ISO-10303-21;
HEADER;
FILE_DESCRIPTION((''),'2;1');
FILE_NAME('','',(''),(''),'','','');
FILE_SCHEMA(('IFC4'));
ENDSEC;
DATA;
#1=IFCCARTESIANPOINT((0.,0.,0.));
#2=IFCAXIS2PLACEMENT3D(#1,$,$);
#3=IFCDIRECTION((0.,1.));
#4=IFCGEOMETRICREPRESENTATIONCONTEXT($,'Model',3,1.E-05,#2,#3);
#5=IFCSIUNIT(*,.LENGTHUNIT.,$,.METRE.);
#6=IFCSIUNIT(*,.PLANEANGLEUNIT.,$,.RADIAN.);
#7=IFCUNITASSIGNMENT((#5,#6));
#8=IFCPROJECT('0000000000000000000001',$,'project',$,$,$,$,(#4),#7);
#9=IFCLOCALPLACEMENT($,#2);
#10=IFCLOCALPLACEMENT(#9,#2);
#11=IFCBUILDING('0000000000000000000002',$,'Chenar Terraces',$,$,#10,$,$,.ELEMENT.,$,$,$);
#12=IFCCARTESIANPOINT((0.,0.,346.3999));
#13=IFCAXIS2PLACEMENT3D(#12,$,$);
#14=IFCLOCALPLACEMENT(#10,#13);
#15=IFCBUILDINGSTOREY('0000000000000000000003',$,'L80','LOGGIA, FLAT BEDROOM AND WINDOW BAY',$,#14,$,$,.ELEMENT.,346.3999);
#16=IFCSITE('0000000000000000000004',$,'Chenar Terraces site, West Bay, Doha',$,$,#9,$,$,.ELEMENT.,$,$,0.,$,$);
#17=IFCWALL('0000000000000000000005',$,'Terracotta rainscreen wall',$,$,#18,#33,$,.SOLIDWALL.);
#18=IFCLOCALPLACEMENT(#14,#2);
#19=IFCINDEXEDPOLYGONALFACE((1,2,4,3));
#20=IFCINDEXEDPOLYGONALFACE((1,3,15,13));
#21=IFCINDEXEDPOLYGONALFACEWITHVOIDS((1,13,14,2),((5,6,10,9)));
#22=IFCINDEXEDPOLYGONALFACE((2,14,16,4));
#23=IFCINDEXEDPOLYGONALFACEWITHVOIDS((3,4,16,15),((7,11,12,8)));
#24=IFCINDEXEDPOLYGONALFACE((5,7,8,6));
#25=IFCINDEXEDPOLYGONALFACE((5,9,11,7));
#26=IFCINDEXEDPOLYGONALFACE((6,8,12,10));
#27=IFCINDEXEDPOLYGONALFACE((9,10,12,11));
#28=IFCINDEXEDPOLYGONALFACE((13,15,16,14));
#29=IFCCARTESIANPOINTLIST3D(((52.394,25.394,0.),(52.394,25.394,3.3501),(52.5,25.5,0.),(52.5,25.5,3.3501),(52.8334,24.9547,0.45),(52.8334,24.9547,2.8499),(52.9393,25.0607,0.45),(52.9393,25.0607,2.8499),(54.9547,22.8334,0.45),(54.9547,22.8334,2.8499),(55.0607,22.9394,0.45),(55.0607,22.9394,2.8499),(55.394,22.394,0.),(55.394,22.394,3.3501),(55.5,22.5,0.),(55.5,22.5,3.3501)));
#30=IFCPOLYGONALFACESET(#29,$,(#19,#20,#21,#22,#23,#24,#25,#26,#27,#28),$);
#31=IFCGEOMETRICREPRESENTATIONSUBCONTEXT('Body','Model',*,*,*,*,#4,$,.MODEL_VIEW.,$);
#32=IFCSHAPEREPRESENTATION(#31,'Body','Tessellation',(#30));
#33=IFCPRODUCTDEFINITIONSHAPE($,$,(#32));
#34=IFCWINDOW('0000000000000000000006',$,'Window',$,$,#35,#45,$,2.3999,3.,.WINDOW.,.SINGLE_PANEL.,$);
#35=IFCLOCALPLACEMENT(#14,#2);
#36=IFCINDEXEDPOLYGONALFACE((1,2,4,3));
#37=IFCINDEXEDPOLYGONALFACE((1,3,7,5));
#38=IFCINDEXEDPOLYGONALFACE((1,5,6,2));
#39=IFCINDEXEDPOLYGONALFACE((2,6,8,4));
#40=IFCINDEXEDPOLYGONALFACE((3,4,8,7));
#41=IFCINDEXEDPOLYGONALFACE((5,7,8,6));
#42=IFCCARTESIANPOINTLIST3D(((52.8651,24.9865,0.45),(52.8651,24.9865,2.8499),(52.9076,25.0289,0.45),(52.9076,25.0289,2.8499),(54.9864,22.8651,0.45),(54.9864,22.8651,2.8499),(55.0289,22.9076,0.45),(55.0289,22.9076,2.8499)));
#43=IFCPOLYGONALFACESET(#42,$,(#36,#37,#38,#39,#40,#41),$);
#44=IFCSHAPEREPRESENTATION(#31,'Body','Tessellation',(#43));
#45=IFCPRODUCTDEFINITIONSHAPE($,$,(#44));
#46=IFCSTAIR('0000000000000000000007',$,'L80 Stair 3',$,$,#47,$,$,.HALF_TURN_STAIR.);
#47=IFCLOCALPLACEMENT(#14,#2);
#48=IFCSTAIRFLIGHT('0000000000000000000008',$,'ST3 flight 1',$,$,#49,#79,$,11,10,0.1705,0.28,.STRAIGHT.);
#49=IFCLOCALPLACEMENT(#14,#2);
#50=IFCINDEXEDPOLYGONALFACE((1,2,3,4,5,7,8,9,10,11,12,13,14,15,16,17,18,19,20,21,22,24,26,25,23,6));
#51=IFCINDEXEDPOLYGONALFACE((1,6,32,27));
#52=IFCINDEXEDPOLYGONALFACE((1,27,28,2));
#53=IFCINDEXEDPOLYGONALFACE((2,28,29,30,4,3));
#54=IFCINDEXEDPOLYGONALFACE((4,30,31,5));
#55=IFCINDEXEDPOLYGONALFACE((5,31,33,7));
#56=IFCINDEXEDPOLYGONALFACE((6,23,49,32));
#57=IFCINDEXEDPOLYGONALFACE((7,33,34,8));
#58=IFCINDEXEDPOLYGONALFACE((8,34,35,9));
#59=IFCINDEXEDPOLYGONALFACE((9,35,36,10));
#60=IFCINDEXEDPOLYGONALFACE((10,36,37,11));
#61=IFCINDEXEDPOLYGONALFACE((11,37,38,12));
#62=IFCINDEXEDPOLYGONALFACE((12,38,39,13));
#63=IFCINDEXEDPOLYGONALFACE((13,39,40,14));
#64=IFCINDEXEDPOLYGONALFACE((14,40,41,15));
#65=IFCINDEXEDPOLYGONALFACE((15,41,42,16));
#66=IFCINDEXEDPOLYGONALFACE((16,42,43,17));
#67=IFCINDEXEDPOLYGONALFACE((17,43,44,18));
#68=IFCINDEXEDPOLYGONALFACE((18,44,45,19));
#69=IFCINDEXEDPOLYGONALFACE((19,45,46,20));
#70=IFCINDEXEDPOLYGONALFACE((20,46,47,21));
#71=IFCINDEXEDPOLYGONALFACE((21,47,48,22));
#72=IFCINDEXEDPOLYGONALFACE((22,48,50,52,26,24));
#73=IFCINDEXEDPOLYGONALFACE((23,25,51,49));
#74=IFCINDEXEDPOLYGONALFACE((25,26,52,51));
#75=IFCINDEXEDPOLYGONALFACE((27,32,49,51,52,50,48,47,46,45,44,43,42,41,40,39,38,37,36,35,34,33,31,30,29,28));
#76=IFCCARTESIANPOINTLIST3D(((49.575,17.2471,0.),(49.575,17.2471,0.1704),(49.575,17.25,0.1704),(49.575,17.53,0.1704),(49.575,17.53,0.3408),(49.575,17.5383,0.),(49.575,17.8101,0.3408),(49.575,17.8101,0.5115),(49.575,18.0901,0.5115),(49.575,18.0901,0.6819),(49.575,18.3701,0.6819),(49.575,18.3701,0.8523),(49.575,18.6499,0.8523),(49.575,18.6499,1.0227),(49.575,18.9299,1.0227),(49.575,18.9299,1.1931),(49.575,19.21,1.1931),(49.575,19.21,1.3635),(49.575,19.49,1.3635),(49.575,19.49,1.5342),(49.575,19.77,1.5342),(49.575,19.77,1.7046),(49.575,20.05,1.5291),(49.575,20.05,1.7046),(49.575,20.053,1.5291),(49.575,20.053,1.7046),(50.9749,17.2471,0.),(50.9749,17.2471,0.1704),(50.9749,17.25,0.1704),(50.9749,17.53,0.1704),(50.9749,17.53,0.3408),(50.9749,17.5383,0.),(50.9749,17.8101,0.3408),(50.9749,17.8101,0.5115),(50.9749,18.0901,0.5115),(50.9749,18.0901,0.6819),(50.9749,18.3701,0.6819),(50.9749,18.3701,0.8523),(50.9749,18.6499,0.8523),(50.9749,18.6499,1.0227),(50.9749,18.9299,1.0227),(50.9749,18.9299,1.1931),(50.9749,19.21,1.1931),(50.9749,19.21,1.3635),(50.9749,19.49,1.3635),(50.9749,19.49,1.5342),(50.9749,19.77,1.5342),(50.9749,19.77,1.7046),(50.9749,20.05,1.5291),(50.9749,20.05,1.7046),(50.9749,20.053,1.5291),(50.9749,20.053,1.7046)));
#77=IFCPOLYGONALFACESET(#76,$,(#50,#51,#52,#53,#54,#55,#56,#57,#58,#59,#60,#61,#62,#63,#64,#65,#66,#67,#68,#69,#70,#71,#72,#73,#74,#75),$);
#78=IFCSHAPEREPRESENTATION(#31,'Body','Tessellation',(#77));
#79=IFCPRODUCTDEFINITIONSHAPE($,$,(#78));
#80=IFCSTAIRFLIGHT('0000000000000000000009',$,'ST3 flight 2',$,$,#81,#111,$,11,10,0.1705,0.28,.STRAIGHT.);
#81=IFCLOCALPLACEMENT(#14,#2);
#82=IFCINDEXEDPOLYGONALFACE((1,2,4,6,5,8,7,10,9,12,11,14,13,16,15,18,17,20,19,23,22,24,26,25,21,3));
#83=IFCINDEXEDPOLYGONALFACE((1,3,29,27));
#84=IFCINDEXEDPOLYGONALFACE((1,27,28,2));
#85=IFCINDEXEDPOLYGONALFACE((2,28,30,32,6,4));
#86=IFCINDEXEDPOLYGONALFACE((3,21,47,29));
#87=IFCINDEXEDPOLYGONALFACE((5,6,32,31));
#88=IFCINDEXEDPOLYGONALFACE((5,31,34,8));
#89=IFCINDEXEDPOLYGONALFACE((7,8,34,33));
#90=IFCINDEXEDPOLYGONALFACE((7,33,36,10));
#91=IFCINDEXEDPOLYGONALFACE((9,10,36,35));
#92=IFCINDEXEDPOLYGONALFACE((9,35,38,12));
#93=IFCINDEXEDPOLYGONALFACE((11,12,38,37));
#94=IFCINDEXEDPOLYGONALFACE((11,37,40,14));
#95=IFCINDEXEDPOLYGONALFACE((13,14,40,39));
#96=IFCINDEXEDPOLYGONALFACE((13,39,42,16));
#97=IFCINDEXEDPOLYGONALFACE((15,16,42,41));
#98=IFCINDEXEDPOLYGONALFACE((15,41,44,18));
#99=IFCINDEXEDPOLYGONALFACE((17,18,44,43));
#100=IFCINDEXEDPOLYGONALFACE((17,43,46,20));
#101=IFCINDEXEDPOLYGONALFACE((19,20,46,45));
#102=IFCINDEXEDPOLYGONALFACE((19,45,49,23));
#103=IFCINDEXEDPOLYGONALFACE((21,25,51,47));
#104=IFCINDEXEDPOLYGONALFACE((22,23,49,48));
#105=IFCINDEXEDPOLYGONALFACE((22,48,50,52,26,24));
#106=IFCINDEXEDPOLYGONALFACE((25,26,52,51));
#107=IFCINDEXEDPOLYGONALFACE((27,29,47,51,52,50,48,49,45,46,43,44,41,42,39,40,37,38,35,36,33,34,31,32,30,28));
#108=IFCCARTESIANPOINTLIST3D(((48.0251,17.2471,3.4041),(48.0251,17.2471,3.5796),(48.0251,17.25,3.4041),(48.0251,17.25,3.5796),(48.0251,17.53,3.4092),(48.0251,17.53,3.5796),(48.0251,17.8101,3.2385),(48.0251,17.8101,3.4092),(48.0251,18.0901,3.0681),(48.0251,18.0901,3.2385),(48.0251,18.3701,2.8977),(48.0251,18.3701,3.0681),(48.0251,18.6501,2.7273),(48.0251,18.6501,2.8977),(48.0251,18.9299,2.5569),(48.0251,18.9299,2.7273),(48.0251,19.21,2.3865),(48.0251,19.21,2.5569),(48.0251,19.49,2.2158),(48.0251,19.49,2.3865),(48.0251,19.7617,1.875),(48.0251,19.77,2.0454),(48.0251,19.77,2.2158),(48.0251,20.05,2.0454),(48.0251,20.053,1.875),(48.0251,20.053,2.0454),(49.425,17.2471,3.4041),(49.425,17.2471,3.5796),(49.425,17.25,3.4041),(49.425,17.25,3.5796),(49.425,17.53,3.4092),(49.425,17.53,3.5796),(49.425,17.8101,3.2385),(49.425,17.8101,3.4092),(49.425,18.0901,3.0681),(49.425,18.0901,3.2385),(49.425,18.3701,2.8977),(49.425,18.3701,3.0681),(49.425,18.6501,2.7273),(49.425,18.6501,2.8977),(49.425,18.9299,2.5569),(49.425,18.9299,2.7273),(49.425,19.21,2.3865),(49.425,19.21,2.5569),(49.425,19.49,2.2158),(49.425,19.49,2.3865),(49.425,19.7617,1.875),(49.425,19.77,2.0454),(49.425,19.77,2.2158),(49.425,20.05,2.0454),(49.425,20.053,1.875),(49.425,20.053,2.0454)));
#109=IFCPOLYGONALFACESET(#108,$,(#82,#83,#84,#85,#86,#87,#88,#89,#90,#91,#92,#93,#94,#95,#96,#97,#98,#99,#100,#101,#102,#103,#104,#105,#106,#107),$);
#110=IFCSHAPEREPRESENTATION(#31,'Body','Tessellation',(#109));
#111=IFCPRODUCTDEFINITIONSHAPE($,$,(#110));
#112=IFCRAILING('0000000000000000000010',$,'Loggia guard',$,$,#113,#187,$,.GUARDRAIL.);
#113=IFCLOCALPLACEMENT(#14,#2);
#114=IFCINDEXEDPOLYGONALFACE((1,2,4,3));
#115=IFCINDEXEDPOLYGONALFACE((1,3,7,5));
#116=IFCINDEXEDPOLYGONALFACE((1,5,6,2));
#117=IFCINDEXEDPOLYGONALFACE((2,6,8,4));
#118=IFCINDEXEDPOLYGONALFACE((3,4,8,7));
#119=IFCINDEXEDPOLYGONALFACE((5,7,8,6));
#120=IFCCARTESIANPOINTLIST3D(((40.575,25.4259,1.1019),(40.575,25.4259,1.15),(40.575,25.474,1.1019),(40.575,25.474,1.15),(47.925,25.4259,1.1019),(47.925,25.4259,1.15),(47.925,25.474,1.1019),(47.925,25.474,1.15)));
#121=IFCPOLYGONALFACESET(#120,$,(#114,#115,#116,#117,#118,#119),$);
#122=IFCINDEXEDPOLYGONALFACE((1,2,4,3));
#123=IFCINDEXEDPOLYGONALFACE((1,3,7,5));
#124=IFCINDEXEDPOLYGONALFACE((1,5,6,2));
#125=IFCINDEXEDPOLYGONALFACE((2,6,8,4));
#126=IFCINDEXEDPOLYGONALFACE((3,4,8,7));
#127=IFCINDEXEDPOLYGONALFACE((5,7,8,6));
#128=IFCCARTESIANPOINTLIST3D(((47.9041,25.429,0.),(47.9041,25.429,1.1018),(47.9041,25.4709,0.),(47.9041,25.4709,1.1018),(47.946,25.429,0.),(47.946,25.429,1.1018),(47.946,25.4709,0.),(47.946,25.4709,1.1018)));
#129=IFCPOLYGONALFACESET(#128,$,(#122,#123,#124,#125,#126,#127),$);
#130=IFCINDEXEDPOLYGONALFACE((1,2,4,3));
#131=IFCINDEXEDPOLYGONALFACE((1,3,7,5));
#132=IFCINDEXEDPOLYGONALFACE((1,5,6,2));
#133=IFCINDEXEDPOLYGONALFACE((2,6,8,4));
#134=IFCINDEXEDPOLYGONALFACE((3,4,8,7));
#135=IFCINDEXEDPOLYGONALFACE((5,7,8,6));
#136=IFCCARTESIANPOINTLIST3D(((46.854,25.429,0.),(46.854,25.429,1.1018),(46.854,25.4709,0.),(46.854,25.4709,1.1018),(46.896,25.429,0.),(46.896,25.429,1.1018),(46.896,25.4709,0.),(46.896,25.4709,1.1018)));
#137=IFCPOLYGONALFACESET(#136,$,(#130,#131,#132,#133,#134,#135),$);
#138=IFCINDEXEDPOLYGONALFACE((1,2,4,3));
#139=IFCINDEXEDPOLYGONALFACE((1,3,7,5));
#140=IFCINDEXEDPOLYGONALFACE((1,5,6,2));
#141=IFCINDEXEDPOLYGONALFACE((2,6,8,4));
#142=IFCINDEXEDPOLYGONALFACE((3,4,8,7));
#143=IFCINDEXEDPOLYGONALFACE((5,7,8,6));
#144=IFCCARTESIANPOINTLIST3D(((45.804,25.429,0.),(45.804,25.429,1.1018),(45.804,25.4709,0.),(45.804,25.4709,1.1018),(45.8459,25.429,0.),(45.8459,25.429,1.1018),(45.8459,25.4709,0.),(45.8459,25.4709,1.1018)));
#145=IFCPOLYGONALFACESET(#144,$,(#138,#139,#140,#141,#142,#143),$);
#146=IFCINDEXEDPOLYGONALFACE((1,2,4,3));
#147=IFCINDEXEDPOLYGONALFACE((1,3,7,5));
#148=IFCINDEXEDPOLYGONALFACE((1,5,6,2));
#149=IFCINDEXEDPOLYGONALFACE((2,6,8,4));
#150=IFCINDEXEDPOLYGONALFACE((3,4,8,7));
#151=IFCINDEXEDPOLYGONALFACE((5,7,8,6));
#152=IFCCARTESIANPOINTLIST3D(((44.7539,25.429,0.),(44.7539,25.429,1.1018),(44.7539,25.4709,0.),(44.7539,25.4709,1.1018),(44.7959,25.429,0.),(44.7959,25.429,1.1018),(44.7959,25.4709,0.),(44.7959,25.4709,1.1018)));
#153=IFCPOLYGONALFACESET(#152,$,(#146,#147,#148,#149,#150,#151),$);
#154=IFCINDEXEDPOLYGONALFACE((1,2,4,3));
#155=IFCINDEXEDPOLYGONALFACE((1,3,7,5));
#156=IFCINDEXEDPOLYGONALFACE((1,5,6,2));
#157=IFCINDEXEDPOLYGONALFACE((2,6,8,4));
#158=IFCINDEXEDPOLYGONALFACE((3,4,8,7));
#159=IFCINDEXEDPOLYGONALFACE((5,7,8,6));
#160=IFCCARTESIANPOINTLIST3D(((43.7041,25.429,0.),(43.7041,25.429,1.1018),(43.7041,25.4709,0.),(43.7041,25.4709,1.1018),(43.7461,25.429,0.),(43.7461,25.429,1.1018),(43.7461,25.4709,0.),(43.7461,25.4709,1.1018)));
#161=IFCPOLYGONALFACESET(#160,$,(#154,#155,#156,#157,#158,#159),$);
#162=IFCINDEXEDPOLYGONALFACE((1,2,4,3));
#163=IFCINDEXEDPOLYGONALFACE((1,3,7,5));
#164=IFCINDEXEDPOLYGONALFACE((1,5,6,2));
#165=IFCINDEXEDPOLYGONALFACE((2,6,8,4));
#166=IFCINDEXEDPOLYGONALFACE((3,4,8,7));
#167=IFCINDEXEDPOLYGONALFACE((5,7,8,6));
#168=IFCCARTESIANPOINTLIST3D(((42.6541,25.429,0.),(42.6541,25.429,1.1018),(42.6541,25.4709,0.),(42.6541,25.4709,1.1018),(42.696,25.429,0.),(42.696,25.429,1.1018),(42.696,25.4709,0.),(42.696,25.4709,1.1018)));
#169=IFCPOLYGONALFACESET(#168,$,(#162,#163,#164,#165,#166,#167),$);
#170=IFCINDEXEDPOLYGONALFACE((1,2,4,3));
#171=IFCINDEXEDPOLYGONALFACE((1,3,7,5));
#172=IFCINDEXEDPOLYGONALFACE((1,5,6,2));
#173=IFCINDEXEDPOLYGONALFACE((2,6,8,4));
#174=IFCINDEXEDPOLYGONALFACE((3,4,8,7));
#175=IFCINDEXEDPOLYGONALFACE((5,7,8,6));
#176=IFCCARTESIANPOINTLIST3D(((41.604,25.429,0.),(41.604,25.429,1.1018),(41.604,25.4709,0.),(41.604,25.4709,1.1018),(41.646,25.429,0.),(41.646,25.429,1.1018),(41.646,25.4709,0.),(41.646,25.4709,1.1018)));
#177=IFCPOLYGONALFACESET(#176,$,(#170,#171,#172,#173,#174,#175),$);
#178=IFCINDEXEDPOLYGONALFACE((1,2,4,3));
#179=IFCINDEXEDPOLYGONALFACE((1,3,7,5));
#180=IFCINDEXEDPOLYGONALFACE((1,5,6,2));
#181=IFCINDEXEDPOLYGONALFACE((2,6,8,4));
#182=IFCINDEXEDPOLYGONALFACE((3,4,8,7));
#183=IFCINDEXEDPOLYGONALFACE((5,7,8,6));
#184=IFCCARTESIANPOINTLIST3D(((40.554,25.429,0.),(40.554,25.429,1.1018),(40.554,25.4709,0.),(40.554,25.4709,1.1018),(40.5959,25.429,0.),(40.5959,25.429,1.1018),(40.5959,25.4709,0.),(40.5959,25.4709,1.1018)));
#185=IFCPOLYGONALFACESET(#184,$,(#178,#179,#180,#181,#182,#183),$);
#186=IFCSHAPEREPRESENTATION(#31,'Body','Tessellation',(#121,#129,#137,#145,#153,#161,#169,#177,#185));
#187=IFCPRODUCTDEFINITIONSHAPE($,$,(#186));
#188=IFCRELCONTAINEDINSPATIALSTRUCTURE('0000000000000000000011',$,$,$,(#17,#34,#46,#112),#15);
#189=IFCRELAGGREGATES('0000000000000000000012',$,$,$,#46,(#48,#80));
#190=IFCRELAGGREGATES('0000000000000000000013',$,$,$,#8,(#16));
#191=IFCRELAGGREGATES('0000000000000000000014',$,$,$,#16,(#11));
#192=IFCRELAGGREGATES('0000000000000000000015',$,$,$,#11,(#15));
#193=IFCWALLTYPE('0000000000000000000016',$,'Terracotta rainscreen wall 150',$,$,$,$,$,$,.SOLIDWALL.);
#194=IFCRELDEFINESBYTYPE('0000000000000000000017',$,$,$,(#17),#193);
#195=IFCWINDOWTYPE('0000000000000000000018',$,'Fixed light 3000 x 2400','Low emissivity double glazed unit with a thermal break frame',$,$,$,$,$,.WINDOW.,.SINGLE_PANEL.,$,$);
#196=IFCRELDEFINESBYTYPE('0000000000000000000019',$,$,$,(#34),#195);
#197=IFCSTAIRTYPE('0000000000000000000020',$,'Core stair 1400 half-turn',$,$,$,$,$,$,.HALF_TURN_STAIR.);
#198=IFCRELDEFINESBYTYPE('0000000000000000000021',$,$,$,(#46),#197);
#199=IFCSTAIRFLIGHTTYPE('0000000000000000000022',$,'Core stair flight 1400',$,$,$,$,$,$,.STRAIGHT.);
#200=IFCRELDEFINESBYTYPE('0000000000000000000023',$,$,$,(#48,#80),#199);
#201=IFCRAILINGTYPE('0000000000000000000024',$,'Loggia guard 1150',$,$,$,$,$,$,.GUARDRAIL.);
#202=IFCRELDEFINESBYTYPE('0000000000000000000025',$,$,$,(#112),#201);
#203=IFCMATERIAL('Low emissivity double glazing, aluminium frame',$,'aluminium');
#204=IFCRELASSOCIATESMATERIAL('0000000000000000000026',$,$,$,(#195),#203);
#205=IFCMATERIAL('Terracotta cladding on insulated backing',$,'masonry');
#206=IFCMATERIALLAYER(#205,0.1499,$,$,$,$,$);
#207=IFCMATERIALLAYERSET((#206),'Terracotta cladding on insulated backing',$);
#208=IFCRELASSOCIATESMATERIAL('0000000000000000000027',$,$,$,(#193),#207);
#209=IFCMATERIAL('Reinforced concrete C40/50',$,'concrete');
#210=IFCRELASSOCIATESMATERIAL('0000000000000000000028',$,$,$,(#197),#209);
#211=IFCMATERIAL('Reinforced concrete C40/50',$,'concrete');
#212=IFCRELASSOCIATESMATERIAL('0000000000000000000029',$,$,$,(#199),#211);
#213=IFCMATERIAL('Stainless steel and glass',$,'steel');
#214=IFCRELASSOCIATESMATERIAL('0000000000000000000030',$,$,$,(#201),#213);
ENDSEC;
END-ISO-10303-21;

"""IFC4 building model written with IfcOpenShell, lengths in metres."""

from ifc_helpers import new_model, si_unit, direction, frame, frame_2d, origin, origin_2d, place, context, subcontext, project, spatial, polyline, rectangle, outline, extrude, material, layer, layer_set, type_object, element, fill, aggregate, save


model = new_model("IFC4")

# Units and contexts
model_context = context("Model", 3, precision=1e-05, world=origin(), true_north=direction((0.0, 1.0)))
body_context = subcontext(model_context, "Body", "Model", "MODEL_VIEW")
ifc_project = project(units=[si_unit("LENGTHUNIT", "METRE"), si_unit("PLANEANGLEUNIT", "RADIAN")], contexts=[model_context])

# Site, building, storey
site_placement = place(None, origin())
site = spatial("IfcSite", under=ifc_project, at=site_placement, Name="Chenar Terraces site, West Bay, Doha", CompositionType="ELEMENT", RefElevation=0.0)
building_placement = place(site_placement, origin())
building = spatial("IfcBuilding", under=site, at=building_placement, Name="Chenar Terraces", CompositionType="ELEMENT")
storey_placement = place(building_placement, frame((0.0, 0.0, 346.3999)))
storey = spatial("IfcBuildingStorey", under=building, at=storey_placement, Name="L80", Description="LOGGIA, FLAT BEDROOM AND WINDOW BAY", CompositionType="ELEMENT", Elevation=346.3999)

# Shared definitions
ifc_material_1 = material(Name="Low emissivity double glazing, aluminium frame", Category="aluminium")
window_type_1 = type_object("IfcWindowType", Name="Fixed light 3000 x 2400", Description="Low emissivity double glazed unit with a thermal break frame", PartitioningType="SINGLE_PANEL", PredefinedType="WINDOW", material=ifc_material_1)

# Wall, opening, window
ifc_material_2 = material(Name="Terracotta cladding on insulated backing", Category="masonry")
ifc_layer_1 = layer(ifc_material_2, 0.1499)
ifc_layer_set_1 = layer_set([ifc_layer_1], Name="Terracotta cladding on insulated backing")
wall_type_1 = type_object("IfcWallType", Name="Terracotta rainscreen wall 150", PredefinedType="SOLIDWALL", material=ifc_layer_set_1)
wall_1_placement = place(storey_placement, frame((55.447, 22.447, 0.0), z_axis=(0.0, 0.0, 1.0), x_axis=(-0.707107, 0.707107, 0.0)))
wall_1 = element("IfcWall", 1, at=wall_1_placement, inside=storey, type_object=wall_type_1, Name="Terracotta rainscreen wall", PredefinedType="SOLIDWALL", context=body_context, shape_type="SweptSolid", body=[
    extrude(rectangle(XDim=4.2427, YDim=0.1499, at=frame_2d((2.1213, 0.0))), origin(), (0.0, 0.0, 1.0), 3.3501),
])
opening_1_placement = place(wall_1_placement, frame((0.6213, 0.0, 0.45)))
opening_1 = element("IfcOpeningElement", 2, at=opening_1_placement, cuts=wall_1, PredefinedType="OPENING", context=body_context, shape_type="SweptSolid", body=[
    extrude(rectangle(XDim=3.0, YDim=2.3999, at=frame_2d((1.5, 1.2))), frame((0.0, 0.085, 0.0), z_axis=(0.0, -1.0, 0.0), x_axis=(1.0, 0.0, 0.0)), (0.0, 0.0, 1.0), 0.1699),
])
window_1_placement = place(opening_1_placement, origin())
window_1 = element("IfcWindow", 3, at=window_1_placement, inside=storey, type_object=window_type_1, Name="Window", OverallHeight=2.3999, OverallWidth=3.0, PartitioningType="SINGLE_PANEL", PredefinedType="WINDOW", context=body_context, shape_type="SweptSolid", body=[
    extrude(rectangle(XDim=3.0, YDim=2.3999, at=frame_2d((1.5, 1.2))), frame((0.0, 0.03, 0.0), z_axis=(0.0, -1.0, 0.0), x_axis=(1.0, 0.0, 0.0)), (0.0, 0.0, 1.0), 0.0601),
])
fill(opening_1, window_1)

# Stair, stair flights
ifc_material_3 = material(Name="Reinforced concrete C40/50", Category="concrete")
stair_type = type_object("IfcStairType", Name="Core stair 1400 half-turn", PredefinedType="HALF_TURN_STAIR", material=ifc_material_3)
stair_placement = place(storey_placement, origin())
stair = element("IfcStair", 4, at=stair_placement, inside=storey, type_object=stair_type, Name="L80 Stair 3", PredefinedType="HALF_TURN_STAIR")
ifc_material_4 = material(Name="Reinforced concrete C40/50", Category="concrete")
stair_flight_type = type_object("IfcStairFlightType", Name="Core stair flight 1400", PredefinedType="STRAIGHT", material=ifc_material_4)
stair_flight_1_placement = place(storey_placement, frame((50.2749, 17.25, 0.0), z_axis=(0.0, 0.0, 1.0), x_axis=(0.0, 1.0, 0.0)))
stair_flight_1 = element("IfcStairFlight", 5, at=stair_flight_1_placement, type_object=stair_flight_type, Name="ST3 flight 1", NumberOfRisers=11, NumberOfTreads=10, PredefinedType="STRAIGHT", RiserHeight=0.1705, TreadLength=0.28, context=body_context, shape_type="SweptSolid", body=[
    extrude(outline(polyline([(-0.0029, 0.0), (-0.0029, 0.1704), (0.0, 0.1704), (0.28, 0.1704), (0.28, 0.3408), (0.5601, 0.3408), (0.5601, 0.5115), (0.8401, 0.5115), (0.8401, 0.6819), (1.1201, 0.6819), (1.1201, 0.8523), (1.3999, 0.8523), (1.3999, 1.0227), (1.6799, 1.0227), (1.6799, 1.1931), (1.96, 1.1931), (1.96, 1.3635), (2.24, 1.3635), (2.24, 1.5342), (2.52, 1.5342), (2.52, 1.7046), (2.8, 1.7046), (2.803, 1.7046), (2.803, 1.5291), (2.8, 1.5291), (0.2883, 0.0), (-0.0029, 0.0)])), frame((0.0, 0.7, 0.0), z_axis=(0.0, -1.0, 0.0), x_axis=(1.0, 0.0, 0.0)), (0.0, 0.0, 1.0), 1.3999),
])
stair_flight_2_placement = place(storey_placement, frame((48.7251, 20.05, 1.875), z_axis=(0.0, 0.0, 1.0), x_axis=(0.0, -1.0, 0.0)))
stair_flight_2 = element("IfcStairFlight", 6, at=stair_flight_2_placement, type_object=stair_flight_type, Name="ST3 flight 2", NumberOfRisers=11, NumberOfTreads=10, PredefinedType="STRAIGHT", RiserHeight=0.1705, TreadLength=0.28, context=body_context, shape_type="SweptSolid", body=[
    extrude(outline(polyline([(-0.0029, 0.0), (-0.0029, 0.1704), (0.0, 0.1704), (0.28, 0.1704), (0.28, 0.3408), (0.5601, 0.3408), (0.5601, 0.5115), (0.8401, 0.5115), (0.8401, 0.6819), (1.1201, 0.6819), (1.1201, 0.8523), (1.3999, 0.8523), (1.3999, 1.0227), (1.6799, 1.0227), (1.6799, 1.1931), (1.96, 1.1931), (1.96, 1.3635), (2.24, 1.3635), (2.24, 1.5342), (2.52, 1.5342), (2.52, 1.7046), (2.8, 1.7046), (2.803, 1.7046), (2.803, 1.5291), (2.8, 1.5291), (0.2883, 0.0), (-0.0029, 0.0)])), frame((0.0, 0.7, 0.0), z_axis=(0.0, -1.0, 0.0), x_axis=(1.0, 0.0, 0.0)), (0.0, 0.0, 1.0), 1.3999),
])
aggregate(stair, [stair_flight_1, stair_flight_2])

# Railing
ifc_material_5 = material(Name="Stainless steel and glass", Category="steel")
railing_type_1 = type_object("IfcRailingType", Name="Loggia guard 1150", PredefinedType="GUARDRAIL", material=ifc_material_5)
railing_1_placement = place(storey_placement, frame((47.925, 25.45, 0.0)))
element("IfcRailing", 7, at=railing_1_placement, inside=storey, type_object=railing_type_1, Name="Loggia guard", PredefinedType="GUARDRAIL", context=body_context, shape_type="SweptSolid", body=[
    extrude(rectangle(XDim=0.0481, YDim=0.0481, at=origin_2d()), frame((0.0, 0.0, 1.126), z_axis=(-1.0, 0.0, 0.0), x_axis=(0.0, -1.0, 0.0)), (0.0, 0.0, 1.0), 7.3501),
    extrude(rectangle(XDim=0.042, YDim=0.042, at=origin_2d()), origin(), (0.0, 0.0, 1.0), 1.1018),
    extrude(rectangle(XDim=0.042, YDim=0.042, at=origin_2d()), frame((-1.05, 0.0, 0.0)), (0.0, 0.0, 1.0), 1.1018),
    extrude(rectangle(XDim=0.042, YDim=0.042, at=origin_2d()), frame((-2.1001, 0.0, 0.0)), (0.0, 0.0, 1.0), 1.1018),
    extrude(rectangle(XDim=0.042, YDim=0.042, at=origin_2d()), frame((-3.1501, 0.0, 0.0)), (0.0, 0.0, 1.0), 1.1018),
    extrude(rectangle(XDim=0.042, YDim=0.042, at=origin_2d()), frame((-4.2, 0.0, 0.0)), (0.0, 0.0, 1.0), 1.1018),
    extrude(rectangle(XDim=0.042, YDim=0.042, at=origin_2d()), frame((-5.25, 0.0, 0.0)), (0.0, 0.0, 1.0), 1.1018),
    extrude(rectangle(XDim=0.042, YDim=0.042, at=origin_2d()), frame((-6.3, 0.0, 0.0)), (0.0, 0.0, 1.0), 1.1018),
    extrude(rectangle(XDim=0.042, YDim=0.042, at=origin_2d()), frame((-7.3501, 0.0, 0.0)), (0.0, 0.0, 1.0), 1.1018),
])

save(model, "model.ifc")
